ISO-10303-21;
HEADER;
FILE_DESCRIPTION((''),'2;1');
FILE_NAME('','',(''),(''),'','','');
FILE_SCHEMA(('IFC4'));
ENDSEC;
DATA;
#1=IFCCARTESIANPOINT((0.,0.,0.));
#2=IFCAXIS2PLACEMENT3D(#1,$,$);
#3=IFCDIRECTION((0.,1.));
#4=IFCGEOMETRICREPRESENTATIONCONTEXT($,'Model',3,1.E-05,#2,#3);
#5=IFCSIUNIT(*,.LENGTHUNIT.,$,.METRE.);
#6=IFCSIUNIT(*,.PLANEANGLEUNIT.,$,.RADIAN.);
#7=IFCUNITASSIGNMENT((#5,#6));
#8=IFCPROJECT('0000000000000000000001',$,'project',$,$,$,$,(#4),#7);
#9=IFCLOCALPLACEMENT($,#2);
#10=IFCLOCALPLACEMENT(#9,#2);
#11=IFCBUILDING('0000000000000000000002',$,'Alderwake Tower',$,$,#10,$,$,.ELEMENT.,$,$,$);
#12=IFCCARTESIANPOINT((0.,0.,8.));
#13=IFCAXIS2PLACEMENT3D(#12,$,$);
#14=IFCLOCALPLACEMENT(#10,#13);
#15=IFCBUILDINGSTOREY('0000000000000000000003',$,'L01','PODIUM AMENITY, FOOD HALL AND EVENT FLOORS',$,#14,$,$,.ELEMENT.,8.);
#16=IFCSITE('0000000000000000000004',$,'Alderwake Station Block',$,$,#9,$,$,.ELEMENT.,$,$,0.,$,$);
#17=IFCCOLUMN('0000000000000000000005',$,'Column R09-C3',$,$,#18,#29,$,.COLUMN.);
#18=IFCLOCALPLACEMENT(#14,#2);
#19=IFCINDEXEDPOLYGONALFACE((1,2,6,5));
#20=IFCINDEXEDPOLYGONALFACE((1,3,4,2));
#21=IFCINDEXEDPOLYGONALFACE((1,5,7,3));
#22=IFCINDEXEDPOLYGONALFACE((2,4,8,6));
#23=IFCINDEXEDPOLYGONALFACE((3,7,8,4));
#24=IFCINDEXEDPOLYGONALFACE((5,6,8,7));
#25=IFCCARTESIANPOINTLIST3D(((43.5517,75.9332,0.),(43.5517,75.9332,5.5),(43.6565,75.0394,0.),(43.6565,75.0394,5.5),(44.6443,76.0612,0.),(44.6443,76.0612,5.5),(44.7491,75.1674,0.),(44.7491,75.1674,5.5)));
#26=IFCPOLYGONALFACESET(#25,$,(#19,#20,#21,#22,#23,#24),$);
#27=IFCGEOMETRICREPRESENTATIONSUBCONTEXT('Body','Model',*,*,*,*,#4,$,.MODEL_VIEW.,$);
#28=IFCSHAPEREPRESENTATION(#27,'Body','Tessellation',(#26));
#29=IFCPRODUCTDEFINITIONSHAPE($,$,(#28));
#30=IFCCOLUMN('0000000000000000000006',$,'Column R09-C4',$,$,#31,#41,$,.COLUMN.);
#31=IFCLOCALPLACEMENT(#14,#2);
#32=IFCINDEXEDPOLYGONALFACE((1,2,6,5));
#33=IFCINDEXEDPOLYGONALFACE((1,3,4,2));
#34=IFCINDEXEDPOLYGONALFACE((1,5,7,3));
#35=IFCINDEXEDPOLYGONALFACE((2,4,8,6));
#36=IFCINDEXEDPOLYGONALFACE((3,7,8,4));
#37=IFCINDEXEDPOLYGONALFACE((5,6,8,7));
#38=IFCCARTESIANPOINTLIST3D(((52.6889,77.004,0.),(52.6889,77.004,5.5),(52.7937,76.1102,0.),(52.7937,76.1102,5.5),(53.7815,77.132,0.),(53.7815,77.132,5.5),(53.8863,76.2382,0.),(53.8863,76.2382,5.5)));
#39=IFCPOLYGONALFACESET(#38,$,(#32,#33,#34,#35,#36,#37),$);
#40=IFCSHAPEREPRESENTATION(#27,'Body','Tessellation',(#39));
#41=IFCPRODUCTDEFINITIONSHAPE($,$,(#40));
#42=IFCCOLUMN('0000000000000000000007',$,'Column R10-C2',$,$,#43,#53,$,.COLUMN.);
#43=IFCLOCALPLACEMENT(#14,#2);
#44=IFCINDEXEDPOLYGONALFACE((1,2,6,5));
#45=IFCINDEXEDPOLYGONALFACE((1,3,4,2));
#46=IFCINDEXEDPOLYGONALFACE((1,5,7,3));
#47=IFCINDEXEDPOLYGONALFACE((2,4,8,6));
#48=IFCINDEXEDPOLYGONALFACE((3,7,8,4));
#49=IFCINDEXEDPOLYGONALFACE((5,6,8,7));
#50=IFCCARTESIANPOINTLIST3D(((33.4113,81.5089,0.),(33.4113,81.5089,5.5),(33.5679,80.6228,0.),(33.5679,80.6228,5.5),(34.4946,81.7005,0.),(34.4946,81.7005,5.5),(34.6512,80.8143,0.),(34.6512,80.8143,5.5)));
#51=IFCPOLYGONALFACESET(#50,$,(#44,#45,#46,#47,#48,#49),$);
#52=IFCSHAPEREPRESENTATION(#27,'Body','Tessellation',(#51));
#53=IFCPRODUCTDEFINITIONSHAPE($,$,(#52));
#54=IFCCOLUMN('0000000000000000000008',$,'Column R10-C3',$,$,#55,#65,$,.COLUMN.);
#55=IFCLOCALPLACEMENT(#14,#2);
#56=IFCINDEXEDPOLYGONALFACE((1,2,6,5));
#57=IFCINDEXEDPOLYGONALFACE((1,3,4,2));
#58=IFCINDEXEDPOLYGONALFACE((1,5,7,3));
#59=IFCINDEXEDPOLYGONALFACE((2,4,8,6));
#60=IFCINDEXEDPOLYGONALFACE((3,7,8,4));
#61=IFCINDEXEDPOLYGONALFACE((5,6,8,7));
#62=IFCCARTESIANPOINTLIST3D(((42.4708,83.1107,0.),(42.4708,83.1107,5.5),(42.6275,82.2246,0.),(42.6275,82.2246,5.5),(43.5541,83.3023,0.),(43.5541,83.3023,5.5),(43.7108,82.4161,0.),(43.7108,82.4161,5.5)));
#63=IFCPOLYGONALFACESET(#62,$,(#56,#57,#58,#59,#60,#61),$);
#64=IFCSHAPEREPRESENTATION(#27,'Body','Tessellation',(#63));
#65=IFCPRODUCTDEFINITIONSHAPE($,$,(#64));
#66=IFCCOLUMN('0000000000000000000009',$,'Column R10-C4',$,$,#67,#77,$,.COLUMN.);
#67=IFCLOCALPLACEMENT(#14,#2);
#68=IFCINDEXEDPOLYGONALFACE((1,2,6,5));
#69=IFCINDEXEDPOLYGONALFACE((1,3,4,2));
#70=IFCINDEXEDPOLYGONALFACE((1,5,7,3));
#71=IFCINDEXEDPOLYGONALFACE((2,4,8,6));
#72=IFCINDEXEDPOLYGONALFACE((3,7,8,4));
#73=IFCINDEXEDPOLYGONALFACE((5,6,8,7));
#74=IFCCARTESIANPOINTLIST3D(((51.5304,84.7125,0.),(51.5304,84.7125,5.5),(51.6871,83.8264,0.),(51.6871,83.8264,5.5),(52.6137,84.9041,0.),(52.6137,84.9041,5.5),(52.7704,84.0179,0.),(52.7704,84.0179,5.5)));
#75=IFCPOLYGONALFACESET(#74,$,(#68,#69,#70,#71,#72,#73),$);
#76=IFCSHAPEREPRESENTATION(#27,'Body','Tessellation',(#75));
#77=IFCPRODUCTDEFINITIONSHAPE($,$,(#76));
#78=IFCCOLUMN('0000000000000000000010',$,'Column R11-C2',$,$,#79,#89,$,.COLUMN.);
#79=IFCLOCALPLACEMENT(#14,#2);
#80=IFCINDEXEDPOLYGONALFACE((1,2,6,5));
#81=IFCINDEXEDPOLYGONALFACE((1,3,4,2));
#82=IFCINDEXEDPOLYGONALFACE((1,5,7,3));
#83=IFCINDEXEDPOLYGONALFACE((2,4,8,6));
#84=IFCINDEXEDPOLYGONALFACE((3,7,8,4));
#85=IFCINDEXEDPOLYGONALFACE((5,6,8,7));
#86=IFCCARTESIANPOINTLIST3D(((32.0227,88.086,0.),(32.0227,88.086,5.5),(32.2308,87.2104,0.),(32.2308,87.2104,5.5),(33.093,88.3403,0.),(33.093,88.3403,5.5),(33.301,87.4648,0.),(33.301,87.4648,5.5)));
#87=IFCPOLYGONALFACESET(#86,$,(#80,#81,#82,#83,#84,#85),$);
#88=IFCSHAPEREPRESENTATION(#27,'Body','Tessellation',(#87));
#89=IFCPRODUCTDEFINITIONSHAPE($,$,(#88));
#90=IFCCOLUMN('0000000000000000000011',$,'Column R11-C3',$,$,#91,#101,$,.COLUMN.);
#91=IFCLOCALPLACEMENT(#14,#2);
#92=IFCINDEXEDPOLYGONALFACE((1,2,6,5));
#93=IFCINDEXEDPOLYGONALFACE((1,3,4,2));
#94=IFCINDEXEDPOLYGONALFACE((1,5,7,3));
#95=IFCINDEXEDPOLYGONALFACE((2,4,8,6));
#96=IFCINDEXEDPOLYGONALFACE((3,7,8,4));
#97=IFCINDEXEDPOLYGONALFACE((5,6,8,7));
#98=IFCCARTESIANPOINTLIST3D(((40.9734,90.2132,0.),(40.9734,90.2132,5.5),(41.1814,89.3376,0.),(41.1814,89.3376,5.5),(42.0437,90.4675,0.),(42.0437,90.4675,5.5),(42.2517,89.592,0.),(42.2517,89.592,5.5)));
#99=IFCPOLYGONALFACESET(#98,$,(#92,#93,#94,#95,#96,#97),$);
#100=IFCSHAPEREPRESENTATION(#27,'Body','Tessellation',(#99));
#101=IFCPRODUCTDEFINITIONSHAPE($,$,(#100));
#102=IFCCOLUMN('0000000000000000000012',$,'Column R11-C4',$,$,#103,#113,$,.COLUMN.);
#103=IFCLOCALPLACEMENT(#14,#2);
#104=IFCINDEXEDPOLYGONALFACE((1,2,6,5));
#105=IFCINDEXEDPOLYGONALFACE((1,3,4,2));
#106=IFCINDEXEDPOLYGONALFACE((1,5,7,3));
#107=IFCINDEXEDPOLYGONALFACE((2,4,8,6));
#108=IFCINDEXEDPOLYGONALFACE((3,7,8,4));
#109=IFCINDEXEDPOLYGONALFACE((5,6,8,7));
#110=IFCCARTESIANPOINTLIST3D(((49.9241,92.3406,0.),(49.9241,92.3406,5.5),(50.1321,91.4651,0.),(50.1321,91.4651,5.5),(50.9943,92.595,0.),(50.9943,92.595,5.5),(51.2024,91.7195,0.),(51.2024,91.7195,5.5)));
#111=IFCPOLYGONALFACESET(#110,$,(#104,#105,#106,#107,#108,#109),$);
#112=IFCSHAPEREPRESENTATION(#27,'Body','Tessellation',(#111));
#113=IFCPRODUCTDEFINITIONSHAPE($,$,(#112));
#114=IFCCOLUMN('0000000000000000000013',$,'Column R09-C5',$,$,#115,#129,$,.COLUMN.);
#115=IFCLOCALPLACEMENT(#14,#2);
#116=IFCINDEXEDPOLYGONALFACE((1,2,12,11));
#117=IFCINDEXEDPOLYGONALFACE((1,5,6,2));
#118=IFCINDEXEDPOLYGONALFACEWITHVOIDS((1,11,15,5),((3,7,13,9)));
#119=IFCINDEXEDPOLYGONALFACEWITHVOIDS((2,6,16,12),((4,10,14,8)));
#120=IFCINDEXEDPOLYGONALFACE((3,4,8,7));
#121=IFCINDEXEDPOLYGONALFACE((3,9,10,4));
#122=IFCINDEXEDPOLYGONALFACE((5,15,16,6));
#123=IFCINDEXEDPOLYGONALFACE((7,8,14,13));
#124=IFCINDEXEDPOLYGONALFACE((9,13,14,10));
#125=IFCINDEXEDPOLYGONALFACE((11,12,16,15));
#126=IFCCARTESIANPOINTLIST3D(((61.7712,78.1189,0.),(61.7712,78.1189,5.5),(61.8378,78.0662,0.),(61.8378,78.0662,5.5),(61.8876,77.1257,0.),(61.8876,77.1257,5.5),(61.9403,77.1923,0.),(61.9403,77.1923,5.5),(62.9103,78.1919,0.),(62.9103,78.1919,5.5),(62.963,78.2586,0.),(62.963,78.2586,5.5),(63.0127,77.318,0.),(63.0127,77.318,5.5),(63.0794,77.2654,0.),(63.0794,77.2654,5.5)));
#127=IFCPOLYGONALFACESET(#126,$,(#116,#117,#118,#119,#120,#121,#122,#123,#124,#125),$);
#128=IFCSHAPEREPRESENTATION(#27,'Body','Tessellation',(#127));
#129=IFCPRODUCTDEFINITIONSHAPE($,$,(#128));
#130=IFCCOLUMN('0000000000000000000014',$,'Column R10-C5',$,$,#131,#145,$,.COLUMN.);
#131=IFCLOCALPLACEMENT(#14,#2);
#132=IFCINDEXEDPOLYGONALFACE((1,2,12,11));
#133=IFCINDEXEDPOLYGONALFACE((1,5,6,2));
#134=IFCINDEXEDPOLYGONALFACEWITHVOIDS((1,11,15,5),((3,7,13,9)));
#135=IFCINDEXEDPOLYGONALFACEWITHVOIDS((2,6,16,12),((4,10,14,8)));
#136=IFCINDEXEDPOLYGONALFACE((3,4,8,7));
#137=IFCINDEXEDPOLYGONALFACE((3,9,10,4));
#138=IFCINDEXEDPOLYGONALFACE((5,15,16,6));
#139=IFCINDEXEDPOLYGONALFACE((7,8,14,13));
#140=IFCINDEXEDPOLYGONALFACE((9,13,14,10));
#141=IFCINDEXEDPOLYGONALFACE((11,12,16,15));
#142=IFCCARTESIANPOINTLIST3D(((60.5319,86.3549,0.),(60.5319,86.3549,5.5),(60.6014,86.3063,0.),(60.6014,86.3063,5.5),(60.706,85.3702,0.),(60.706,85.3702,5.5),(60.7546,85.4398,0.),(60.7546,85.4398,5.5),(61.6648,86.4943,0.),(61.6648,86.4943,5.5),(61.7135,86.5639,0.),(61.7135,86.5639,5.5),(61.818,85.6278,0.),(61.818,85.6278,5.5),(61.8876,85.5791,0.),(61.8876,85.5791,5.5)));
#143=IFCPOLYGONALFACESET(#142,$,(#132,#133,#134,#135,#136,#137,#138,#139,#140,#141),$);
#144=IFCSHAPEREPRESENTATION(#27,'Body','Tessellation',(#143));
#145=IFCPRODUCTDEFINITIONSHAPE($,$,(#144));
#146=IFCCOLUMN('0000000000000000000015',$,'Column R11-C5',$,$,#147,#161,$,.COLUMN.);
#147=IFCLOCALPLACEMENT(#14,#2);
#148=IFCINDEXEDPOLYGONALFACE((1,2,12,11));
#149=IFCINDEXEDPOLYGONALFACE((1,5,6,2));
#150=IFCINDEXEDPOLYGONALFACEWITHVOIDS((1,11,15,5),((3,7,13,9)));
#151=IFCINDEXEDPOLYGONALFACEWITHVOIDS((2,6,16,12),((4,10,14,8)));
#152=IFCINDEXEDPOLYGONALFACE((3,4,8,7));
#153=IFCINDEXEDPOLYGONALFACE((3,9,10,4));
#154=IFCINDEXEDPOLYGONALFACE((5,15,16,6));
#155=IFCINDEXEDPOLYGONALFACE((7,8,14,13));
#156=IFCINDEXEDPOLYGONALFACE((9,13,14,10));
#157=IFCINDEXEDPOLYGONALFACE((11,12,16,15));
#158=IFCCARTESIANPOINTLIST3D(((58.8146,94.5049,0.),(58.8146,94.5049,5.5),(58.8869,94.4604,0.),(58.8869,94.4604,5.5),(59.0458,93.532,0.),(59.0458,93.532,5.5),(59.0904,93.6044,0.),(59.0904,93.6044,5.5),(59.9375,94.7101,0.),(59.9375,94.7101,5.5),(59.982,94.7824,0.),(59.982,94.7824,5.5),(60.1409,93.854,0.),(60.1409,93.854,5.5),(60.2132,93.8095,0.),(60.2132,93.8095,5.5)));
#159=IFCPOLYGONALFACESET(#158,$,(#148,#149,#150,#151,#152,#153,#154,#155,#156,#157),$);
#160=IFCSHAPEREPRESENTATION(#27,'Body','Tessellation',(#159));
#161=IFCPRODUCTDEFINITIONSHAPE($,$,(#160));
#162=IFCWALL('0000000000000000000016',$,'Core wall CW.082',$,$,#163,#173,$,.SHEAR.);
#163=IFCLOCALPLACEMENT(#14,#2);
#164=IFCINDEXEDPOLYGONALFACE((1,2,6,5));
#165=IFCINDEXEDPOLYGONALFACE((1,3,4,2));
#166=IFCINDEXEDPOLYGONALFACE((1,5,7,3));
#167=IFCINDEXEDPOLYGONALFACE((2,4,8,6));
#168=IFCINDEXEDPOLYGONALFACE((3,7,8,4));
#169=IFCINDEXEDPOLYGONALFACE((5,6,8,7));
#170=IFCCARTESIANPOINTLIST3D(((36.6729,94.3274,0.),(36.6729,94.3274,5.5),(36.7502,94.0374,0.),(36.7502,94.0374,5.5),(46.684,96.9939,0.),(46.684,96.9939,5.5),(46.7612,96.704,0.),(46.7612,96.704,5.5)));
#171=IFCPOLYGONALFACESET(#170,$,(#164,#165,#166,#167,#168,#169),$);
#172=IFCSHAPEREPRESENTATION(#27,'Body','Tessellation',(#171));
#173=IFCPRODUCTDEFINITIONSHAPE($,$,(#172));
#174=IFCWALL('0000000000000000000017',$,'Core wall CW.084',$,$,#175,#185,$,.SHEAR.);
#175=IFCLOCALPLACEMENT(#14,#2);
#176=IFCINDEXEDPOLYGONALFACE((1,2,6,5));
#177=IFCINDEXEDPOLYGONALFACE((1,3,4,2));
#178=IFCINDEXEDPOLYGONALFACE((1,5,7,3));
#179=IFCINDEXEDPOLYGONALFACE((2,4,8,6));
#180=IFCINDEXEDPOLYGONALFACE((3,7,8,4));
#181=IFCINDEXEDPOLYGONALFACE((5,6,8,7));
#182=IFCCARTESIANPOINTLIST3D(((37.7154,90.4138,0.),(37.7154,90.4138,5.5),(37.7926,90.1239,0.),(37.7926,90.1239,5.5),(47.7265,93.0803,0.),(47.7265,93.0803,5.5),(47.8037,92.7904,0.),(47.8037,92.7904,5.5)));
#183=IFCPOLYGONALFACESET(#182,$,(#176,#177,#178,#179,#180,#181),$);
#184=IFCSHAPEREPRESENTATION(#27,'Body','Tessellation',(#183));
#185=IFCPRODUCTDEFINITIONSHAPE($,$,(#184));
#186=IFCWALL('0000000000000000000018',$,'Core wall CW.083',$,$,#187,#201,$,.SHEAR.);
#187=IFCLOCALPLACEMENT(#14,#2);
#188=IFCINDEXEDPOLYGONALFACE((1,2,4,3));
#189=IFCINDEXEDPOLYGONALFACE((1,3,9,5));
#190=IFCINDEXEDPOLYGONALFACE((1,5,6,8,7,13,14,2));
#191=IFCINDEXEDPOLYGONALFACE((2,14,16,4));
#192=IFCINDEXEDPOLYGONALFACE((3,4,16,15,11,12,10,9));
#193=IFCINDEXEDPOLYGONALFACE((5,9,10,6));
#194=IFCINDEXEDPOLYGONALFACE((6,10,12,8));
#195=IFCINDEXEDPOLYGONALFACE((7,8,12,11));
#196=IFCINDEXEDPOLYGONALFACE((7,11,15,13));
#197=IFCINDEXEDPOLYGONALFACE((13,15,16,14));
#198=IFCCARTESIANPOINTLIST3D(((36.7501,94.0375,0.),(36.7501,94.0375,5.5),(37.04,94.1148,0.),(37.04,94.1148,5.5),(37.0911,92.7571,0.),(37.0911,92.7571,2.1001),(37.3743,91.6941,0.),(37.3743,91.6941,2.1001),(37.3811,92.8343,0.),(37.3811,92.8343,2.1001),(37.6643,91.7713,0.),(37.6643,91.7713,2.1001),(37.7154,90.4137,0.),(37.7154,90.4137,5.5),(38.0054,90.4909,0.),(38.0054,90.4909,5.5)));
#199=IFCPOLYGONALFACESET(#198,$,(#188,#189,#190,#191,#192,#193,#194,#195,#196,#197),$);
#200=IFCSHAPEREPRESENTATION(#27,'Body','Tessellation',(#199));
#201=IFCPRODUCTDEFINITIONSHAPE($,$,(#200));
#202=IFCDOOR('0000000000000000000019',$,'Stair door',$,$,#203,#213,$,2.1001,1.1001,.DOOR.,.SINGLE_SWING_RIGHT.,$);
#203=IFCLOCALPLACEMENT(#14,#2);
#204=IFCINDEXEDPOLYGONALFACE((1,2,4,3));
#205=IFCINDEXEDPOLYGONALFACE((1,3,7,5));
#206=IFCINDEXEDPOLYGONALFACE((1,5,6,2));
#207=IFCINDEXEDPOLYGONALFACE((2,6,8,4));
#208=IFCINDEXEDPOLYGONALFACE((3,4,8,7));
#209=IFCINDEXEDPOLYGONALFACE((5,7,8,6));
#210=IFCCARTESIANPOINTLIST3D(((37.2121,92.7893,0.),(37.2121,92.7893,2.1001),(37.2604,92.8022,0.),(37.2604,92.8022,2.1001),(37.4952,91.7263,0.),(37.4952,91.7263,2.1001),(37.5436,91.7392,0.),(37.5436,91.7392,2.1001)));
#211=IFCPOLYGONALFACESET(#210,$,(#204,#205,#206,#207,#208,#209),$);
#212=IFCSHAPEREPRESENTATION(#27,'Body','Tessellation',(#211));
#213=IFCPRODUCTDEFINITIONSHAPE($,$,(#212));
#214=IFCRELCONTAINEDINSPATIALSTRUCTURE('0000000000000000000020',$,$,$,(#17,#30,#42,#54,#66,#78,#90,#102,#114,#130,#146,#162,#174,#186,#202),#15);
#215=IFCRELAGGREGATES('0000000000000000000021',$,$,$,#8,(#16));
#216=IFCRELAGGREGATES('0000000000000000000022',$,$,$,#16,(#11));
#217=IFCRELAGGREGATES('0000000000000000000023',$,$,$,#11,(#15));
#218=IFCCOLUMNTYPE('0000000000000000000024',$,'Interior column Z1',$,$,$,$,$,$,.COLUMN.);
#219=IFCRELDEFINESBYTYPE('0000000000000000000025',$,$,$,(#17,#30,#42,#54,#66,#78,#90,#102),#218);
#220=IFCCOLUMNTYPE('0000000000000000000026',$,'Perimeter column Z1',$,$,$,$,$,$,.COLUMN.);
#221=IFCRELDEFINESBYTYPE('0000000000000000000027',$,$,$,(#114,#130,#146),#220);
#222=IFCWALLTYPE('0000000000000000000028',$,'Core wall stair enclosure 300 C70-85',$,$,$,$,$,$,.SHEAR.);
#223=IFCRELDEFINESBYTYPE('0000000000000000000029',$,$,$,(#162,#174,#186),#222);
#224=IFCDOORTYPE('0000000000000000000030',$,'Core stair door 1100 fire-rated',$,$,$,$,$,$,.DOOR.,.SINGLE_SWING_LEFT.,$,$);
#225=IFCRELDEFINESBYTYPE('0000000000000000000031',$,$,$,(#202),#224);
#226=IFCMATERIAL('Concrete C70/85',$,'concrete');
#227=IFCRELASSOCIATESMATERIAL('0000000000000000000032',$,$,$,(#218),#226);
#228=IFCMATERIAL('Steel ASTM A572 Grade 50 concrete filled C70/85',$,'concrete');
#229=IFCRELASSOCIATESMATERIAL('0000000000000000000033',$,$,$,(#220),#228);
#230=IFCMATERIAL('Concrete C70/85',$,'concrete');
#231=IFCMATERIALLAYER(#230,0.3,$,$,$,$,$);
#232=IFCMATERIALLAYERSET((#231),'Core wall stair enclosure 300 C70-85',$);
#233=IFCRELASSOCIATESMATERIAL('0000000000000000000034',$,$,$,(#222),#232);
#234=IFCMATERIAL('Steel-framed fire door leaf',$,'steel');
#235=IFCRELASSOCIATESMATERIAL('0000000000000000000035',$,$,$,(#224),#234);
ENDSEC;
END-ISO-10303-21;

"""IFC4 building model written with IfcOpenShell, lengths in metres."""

from ifc_helpers import new_model, si_unit, direction, frame, frame_2d, origin, origin_2d, place, context, subcontext, project, spatial, rectangle, hollow_rectangle, extrude, material, layer, layer_set, material_profile, profile_set, type_object, element, fill, save


model = new_model("IFC4")

# Units and contexts
model_context = context("Model", 3, precision=1e-05, world=origin(), true_north=direction((0.0, 1.0)))
body_context = subcontext(model_context, "Body", "Model", "MODEL_VIEW")
ifc_project = project(units=[si_unit("LENGTHUNIT", "METRE"), si_unit("PLANEANGLEUNIT", "RADIAN")], contexts=[model_context])

# Site, building, storey
site_placement = place(None, origin())
site = spatial("IfcSite", under=ifc_project, at=site_placement, Name="Alderwake Station Block", CompositionType="ELEMENT", RefElevation=0.0)
building_placement = place(site_placement, origin())
building = spatial("IfcBuilding", under=site, at=building_placement, Name="Alderwake Tower", CompositionType="ELEMENT")
storey_placement = place(building_placement, frame((0.0, 0.0, 8.0)))
storey = spatial("IfcBuildingStorey", under=building, at=storey_placement, Name="L01", Description="PODIUM AMENITY, FOOD HALL AND EVENT FLOORS", CompositionType="ELEMENT", Elevation=8.0)

# Columns
ifc_material_1 = material(Name="Concrete C70/85", Category="concrete")
ifc_material_profile_1 = material_profile(ifc_material_1, rectangle(XDim=0.8999, YDim=1.1001, at=origin_2d()), Name="RC 1100X900")
ifc_profile_set_1 = profile_set([ifc_material_profile_1], Name="Concrete C70/85")
column_type_1 = type_object("IfcColumnType", Name="Interior column Z1", PredefinedType="COLUMN", material=ifc_profile_set_1)
for number, where, z_axis, x_axis, name in (
    (1, (44.1504, 75.5503, 0.0), (0.0, 0.0, 1.0), (-0.116402, 0.993202, 0.0), "Column R09-C3"),
    (2, (53.2876, 76.6211, 0.0), (0.0, 0.0, 1.0), (-0.116402, 0.993202, 0.0), "Column R09-C4"),
    (3, (34.0312, 81.1616, 0.0), (0.0, 0.0, 1.0), (-0.174109, 0.984726, 0.0), "Column R10-C2"),
    (4, (43.0908, 82.7634, 0.0), (0.0, 0.0, 1.0), (-0.174109, 0.984726, 0.0), "Column R10-C3"),
    (5, (52.1504, 84.3652, 0.0), (0.0, 0.0, 1.0), (-0.174109, 0.984726, 0.0), "Column R10-C4"),
    (6, (32.6619, 87.7754, 0.0), (0.0, 0.0, 1.0), (-0.231222, 0.972901, 0.0), "Column R11-C2"),
    (7, (41.6125, 89.9026, 0.0), (0.0, 0.0, 1.0), (-0.231222, 0.972901, 0.0), "Column R11-C3"),
    (8, (50.5632, 92.03, 0.0), (0.0, 0.0, 1.0), (-0.231222, 0.972901, 0.0), "Column R11-C4"),
):
    element("IfcColumn", number, at=place(storey_placement, frame(where, z_axis=z_axis, x_axis=x_axis)), inside=storey, type_object=column_type_1, Name=name, PredefinedType="COLUMN", context=body_context, shape_type="SweptSolid", body=[
        extrude(rectangle(XDim=0.8999, YDim=1.1001, at=origin_2d()), origin(), (0.0, 0.0, 1.0), 5.5),
    ])
ifc_material_2 = material(Name="Steel ASTM A572 Grade 50 concrete filled C70/85", Category="concrete")
ifc_material_profile_2 = material_profile(ifc_material_2, hollow_rectangle(XDim=1.0, YDim=1.2, WallThickness=0.0601, at=origin_2d()), Name="BOX 1200X1000X60")
ifc_profile_set_2 = profile_set([ifc_material_profile_2], Name="Steel ASTM A572 Grade 50 concrete filled C70/85")
column_type_2 = type_object("IfcColumnType", Name="Perimeter column Z1", PredefinedType="COLUMN", material=ifc_profile_set_2)
for number, where, z_axis, x_axis, name in (
    (9, (62.4253, 77.6921, 0.0), (0.0, 0.0, 1.0), (-0.116402, 0.993202, 0.0), "Column R09-C5"),
    (10, (61.2097, 85.967, 0.0), (0.0, 0.0, 1.0), (-0.174109, 0.984726, 0.0), "Column R10-C5"),
    (11, (59.5139, 94.1572, 0.0), (0.0, 0.0, 1.0), (-0.231222, 0.972901, 0.0), "Column R11-C5"),
):
    element("IfcColumn", number, at=place(storey_placement, frame(where, z_axis=z_axis, x_axis=x_axis)), inside=storey, type_object=column_type_2, Name=name, PredefinedType="COLUMN", context=body_context, shape_type="SweptSolid", body=[
        extrude(hollow_rectangle(XDim=1.0, YDim=1.2, WallThickness=0.0601, at=origin_2d()), origin(), (0.0, 0.0, 1.0), 5.5),
    ])

# Walls
ifc_material_3 = material(Name="Concrete C70/85", Category="concrete")
ifc_layer_1 = layer(ifc_material_3, 0.3)
ifc_layer_set_1 = layer_set([ifc_layer_1], Name="Core wall stair enclosure 300 C70-85")
wall_type_1 = type_object("IfcWallType", Name="Core wall stair enclosure 300 C70-85", PredefinedType="SHEAR", material=ifc_layer_set_1)
for number, where, z_axis, x_axis, name in (
    (12, (36.7114, 94.1824, 0.0), (0.0, 0.0, 1.0), (0.966309, 0.257384, 0.0), "Core wall CW.082"),
    (13, (37.7539, 90.2688, 0.0), (0.0, 0.0, 1.0), (0.966309, 0.257384, 0.0), "Core wall CW.084"),
):
    element("IfcWall", number, at=place(storey_placement, frame(where, z_axis=z_axis, x_axis=x_axis)), inside=storey, type_object=wall_type_1, Name=name, PredefinedType="SHEAR", context=body_context, shape_type="SweptSolid", body=[
        extrude(rectangle(XDim=10.3601, YDim=0.3, at=frame_2d((5.1802, 0.0))), origin(), (0.0, 0.0, 1.0), 5.5),
    ])

# Wall, opening, door
wall_1_placement = place(storey_placement, frame((37.8604, 90.4524, 0.0), z_axis=(0.0, 0.0, 1.0), x_axis=(-0.257411, 0.966302, 0.0)))
wall_1 = element("IfcWall", 14, at=wall_1_placement, inside=storey, type_object=wall_type_1, Name="Core wall CW.083", PredefinedType="SHEAR", context=body_context, shape_type="SweptSolid", body=[
    extrude(rectangle(XDim=3.7502, YDim=0.3, at=frame_2d((1.875, 0.0))), origin(), (0.0, 0.0, 1.0), 5.5),
])
opening_placement = place(wall_1_placement, frame((1.325, 0.0, 0.0)))
opening = element("IfcOpeningElement", 15, at=opening_placement, cuts=wall_1, PredefinedType="OPENING", context=body_context, shape_type="SweptSolid", body=[
    extrude(rectangle(XDim=1.1001, YDim=2.1001, at=frame_2d((0.55, 1.05))), frame((0.0, 0.1599, 0.0), z_axis=(0.0, -1.0, 0.0), x_axis=(1.0, 0.0, 0.0)), (0.0, 0.0, 1.0), 0.3201),
])
ifc_material_4 = material(Name="Steel-framed fire door leaf", Category="steel")
door_type = type_object("IfcDoorType", Name="Core stair door 1100 fire-rated", OperationType="SINGLE_SWING_LEFT", PredefinedType="DOOR", material=ifc_material_4)
door_placement = place(opening_placement, origin())
door = element("IfcDoor", 16, at=door_placement, inside=storey, type_object=door_type, Name="Stair door", OperationType="SINGLE_SWING_RIGHT", OverallHeight=2.1001, OverallWidth=1.1001, PredefinedType="DOOR", context=body_context, shape_type="SweptSolid", body=[
    extrude(rectangle(XDim=1.1001, YDim=2.1001, at=frame_2d((0.55, 1.05))), frame((0.0, 0.0249, 0.0), z_axis=(0.0, -1.0, 0.0), x_axis=(1.0, 0.0, 0.0)), (0.0, 0.0, 1.0), 0.05),
])
fill(opening, door)

save(model, "model.ifc")
